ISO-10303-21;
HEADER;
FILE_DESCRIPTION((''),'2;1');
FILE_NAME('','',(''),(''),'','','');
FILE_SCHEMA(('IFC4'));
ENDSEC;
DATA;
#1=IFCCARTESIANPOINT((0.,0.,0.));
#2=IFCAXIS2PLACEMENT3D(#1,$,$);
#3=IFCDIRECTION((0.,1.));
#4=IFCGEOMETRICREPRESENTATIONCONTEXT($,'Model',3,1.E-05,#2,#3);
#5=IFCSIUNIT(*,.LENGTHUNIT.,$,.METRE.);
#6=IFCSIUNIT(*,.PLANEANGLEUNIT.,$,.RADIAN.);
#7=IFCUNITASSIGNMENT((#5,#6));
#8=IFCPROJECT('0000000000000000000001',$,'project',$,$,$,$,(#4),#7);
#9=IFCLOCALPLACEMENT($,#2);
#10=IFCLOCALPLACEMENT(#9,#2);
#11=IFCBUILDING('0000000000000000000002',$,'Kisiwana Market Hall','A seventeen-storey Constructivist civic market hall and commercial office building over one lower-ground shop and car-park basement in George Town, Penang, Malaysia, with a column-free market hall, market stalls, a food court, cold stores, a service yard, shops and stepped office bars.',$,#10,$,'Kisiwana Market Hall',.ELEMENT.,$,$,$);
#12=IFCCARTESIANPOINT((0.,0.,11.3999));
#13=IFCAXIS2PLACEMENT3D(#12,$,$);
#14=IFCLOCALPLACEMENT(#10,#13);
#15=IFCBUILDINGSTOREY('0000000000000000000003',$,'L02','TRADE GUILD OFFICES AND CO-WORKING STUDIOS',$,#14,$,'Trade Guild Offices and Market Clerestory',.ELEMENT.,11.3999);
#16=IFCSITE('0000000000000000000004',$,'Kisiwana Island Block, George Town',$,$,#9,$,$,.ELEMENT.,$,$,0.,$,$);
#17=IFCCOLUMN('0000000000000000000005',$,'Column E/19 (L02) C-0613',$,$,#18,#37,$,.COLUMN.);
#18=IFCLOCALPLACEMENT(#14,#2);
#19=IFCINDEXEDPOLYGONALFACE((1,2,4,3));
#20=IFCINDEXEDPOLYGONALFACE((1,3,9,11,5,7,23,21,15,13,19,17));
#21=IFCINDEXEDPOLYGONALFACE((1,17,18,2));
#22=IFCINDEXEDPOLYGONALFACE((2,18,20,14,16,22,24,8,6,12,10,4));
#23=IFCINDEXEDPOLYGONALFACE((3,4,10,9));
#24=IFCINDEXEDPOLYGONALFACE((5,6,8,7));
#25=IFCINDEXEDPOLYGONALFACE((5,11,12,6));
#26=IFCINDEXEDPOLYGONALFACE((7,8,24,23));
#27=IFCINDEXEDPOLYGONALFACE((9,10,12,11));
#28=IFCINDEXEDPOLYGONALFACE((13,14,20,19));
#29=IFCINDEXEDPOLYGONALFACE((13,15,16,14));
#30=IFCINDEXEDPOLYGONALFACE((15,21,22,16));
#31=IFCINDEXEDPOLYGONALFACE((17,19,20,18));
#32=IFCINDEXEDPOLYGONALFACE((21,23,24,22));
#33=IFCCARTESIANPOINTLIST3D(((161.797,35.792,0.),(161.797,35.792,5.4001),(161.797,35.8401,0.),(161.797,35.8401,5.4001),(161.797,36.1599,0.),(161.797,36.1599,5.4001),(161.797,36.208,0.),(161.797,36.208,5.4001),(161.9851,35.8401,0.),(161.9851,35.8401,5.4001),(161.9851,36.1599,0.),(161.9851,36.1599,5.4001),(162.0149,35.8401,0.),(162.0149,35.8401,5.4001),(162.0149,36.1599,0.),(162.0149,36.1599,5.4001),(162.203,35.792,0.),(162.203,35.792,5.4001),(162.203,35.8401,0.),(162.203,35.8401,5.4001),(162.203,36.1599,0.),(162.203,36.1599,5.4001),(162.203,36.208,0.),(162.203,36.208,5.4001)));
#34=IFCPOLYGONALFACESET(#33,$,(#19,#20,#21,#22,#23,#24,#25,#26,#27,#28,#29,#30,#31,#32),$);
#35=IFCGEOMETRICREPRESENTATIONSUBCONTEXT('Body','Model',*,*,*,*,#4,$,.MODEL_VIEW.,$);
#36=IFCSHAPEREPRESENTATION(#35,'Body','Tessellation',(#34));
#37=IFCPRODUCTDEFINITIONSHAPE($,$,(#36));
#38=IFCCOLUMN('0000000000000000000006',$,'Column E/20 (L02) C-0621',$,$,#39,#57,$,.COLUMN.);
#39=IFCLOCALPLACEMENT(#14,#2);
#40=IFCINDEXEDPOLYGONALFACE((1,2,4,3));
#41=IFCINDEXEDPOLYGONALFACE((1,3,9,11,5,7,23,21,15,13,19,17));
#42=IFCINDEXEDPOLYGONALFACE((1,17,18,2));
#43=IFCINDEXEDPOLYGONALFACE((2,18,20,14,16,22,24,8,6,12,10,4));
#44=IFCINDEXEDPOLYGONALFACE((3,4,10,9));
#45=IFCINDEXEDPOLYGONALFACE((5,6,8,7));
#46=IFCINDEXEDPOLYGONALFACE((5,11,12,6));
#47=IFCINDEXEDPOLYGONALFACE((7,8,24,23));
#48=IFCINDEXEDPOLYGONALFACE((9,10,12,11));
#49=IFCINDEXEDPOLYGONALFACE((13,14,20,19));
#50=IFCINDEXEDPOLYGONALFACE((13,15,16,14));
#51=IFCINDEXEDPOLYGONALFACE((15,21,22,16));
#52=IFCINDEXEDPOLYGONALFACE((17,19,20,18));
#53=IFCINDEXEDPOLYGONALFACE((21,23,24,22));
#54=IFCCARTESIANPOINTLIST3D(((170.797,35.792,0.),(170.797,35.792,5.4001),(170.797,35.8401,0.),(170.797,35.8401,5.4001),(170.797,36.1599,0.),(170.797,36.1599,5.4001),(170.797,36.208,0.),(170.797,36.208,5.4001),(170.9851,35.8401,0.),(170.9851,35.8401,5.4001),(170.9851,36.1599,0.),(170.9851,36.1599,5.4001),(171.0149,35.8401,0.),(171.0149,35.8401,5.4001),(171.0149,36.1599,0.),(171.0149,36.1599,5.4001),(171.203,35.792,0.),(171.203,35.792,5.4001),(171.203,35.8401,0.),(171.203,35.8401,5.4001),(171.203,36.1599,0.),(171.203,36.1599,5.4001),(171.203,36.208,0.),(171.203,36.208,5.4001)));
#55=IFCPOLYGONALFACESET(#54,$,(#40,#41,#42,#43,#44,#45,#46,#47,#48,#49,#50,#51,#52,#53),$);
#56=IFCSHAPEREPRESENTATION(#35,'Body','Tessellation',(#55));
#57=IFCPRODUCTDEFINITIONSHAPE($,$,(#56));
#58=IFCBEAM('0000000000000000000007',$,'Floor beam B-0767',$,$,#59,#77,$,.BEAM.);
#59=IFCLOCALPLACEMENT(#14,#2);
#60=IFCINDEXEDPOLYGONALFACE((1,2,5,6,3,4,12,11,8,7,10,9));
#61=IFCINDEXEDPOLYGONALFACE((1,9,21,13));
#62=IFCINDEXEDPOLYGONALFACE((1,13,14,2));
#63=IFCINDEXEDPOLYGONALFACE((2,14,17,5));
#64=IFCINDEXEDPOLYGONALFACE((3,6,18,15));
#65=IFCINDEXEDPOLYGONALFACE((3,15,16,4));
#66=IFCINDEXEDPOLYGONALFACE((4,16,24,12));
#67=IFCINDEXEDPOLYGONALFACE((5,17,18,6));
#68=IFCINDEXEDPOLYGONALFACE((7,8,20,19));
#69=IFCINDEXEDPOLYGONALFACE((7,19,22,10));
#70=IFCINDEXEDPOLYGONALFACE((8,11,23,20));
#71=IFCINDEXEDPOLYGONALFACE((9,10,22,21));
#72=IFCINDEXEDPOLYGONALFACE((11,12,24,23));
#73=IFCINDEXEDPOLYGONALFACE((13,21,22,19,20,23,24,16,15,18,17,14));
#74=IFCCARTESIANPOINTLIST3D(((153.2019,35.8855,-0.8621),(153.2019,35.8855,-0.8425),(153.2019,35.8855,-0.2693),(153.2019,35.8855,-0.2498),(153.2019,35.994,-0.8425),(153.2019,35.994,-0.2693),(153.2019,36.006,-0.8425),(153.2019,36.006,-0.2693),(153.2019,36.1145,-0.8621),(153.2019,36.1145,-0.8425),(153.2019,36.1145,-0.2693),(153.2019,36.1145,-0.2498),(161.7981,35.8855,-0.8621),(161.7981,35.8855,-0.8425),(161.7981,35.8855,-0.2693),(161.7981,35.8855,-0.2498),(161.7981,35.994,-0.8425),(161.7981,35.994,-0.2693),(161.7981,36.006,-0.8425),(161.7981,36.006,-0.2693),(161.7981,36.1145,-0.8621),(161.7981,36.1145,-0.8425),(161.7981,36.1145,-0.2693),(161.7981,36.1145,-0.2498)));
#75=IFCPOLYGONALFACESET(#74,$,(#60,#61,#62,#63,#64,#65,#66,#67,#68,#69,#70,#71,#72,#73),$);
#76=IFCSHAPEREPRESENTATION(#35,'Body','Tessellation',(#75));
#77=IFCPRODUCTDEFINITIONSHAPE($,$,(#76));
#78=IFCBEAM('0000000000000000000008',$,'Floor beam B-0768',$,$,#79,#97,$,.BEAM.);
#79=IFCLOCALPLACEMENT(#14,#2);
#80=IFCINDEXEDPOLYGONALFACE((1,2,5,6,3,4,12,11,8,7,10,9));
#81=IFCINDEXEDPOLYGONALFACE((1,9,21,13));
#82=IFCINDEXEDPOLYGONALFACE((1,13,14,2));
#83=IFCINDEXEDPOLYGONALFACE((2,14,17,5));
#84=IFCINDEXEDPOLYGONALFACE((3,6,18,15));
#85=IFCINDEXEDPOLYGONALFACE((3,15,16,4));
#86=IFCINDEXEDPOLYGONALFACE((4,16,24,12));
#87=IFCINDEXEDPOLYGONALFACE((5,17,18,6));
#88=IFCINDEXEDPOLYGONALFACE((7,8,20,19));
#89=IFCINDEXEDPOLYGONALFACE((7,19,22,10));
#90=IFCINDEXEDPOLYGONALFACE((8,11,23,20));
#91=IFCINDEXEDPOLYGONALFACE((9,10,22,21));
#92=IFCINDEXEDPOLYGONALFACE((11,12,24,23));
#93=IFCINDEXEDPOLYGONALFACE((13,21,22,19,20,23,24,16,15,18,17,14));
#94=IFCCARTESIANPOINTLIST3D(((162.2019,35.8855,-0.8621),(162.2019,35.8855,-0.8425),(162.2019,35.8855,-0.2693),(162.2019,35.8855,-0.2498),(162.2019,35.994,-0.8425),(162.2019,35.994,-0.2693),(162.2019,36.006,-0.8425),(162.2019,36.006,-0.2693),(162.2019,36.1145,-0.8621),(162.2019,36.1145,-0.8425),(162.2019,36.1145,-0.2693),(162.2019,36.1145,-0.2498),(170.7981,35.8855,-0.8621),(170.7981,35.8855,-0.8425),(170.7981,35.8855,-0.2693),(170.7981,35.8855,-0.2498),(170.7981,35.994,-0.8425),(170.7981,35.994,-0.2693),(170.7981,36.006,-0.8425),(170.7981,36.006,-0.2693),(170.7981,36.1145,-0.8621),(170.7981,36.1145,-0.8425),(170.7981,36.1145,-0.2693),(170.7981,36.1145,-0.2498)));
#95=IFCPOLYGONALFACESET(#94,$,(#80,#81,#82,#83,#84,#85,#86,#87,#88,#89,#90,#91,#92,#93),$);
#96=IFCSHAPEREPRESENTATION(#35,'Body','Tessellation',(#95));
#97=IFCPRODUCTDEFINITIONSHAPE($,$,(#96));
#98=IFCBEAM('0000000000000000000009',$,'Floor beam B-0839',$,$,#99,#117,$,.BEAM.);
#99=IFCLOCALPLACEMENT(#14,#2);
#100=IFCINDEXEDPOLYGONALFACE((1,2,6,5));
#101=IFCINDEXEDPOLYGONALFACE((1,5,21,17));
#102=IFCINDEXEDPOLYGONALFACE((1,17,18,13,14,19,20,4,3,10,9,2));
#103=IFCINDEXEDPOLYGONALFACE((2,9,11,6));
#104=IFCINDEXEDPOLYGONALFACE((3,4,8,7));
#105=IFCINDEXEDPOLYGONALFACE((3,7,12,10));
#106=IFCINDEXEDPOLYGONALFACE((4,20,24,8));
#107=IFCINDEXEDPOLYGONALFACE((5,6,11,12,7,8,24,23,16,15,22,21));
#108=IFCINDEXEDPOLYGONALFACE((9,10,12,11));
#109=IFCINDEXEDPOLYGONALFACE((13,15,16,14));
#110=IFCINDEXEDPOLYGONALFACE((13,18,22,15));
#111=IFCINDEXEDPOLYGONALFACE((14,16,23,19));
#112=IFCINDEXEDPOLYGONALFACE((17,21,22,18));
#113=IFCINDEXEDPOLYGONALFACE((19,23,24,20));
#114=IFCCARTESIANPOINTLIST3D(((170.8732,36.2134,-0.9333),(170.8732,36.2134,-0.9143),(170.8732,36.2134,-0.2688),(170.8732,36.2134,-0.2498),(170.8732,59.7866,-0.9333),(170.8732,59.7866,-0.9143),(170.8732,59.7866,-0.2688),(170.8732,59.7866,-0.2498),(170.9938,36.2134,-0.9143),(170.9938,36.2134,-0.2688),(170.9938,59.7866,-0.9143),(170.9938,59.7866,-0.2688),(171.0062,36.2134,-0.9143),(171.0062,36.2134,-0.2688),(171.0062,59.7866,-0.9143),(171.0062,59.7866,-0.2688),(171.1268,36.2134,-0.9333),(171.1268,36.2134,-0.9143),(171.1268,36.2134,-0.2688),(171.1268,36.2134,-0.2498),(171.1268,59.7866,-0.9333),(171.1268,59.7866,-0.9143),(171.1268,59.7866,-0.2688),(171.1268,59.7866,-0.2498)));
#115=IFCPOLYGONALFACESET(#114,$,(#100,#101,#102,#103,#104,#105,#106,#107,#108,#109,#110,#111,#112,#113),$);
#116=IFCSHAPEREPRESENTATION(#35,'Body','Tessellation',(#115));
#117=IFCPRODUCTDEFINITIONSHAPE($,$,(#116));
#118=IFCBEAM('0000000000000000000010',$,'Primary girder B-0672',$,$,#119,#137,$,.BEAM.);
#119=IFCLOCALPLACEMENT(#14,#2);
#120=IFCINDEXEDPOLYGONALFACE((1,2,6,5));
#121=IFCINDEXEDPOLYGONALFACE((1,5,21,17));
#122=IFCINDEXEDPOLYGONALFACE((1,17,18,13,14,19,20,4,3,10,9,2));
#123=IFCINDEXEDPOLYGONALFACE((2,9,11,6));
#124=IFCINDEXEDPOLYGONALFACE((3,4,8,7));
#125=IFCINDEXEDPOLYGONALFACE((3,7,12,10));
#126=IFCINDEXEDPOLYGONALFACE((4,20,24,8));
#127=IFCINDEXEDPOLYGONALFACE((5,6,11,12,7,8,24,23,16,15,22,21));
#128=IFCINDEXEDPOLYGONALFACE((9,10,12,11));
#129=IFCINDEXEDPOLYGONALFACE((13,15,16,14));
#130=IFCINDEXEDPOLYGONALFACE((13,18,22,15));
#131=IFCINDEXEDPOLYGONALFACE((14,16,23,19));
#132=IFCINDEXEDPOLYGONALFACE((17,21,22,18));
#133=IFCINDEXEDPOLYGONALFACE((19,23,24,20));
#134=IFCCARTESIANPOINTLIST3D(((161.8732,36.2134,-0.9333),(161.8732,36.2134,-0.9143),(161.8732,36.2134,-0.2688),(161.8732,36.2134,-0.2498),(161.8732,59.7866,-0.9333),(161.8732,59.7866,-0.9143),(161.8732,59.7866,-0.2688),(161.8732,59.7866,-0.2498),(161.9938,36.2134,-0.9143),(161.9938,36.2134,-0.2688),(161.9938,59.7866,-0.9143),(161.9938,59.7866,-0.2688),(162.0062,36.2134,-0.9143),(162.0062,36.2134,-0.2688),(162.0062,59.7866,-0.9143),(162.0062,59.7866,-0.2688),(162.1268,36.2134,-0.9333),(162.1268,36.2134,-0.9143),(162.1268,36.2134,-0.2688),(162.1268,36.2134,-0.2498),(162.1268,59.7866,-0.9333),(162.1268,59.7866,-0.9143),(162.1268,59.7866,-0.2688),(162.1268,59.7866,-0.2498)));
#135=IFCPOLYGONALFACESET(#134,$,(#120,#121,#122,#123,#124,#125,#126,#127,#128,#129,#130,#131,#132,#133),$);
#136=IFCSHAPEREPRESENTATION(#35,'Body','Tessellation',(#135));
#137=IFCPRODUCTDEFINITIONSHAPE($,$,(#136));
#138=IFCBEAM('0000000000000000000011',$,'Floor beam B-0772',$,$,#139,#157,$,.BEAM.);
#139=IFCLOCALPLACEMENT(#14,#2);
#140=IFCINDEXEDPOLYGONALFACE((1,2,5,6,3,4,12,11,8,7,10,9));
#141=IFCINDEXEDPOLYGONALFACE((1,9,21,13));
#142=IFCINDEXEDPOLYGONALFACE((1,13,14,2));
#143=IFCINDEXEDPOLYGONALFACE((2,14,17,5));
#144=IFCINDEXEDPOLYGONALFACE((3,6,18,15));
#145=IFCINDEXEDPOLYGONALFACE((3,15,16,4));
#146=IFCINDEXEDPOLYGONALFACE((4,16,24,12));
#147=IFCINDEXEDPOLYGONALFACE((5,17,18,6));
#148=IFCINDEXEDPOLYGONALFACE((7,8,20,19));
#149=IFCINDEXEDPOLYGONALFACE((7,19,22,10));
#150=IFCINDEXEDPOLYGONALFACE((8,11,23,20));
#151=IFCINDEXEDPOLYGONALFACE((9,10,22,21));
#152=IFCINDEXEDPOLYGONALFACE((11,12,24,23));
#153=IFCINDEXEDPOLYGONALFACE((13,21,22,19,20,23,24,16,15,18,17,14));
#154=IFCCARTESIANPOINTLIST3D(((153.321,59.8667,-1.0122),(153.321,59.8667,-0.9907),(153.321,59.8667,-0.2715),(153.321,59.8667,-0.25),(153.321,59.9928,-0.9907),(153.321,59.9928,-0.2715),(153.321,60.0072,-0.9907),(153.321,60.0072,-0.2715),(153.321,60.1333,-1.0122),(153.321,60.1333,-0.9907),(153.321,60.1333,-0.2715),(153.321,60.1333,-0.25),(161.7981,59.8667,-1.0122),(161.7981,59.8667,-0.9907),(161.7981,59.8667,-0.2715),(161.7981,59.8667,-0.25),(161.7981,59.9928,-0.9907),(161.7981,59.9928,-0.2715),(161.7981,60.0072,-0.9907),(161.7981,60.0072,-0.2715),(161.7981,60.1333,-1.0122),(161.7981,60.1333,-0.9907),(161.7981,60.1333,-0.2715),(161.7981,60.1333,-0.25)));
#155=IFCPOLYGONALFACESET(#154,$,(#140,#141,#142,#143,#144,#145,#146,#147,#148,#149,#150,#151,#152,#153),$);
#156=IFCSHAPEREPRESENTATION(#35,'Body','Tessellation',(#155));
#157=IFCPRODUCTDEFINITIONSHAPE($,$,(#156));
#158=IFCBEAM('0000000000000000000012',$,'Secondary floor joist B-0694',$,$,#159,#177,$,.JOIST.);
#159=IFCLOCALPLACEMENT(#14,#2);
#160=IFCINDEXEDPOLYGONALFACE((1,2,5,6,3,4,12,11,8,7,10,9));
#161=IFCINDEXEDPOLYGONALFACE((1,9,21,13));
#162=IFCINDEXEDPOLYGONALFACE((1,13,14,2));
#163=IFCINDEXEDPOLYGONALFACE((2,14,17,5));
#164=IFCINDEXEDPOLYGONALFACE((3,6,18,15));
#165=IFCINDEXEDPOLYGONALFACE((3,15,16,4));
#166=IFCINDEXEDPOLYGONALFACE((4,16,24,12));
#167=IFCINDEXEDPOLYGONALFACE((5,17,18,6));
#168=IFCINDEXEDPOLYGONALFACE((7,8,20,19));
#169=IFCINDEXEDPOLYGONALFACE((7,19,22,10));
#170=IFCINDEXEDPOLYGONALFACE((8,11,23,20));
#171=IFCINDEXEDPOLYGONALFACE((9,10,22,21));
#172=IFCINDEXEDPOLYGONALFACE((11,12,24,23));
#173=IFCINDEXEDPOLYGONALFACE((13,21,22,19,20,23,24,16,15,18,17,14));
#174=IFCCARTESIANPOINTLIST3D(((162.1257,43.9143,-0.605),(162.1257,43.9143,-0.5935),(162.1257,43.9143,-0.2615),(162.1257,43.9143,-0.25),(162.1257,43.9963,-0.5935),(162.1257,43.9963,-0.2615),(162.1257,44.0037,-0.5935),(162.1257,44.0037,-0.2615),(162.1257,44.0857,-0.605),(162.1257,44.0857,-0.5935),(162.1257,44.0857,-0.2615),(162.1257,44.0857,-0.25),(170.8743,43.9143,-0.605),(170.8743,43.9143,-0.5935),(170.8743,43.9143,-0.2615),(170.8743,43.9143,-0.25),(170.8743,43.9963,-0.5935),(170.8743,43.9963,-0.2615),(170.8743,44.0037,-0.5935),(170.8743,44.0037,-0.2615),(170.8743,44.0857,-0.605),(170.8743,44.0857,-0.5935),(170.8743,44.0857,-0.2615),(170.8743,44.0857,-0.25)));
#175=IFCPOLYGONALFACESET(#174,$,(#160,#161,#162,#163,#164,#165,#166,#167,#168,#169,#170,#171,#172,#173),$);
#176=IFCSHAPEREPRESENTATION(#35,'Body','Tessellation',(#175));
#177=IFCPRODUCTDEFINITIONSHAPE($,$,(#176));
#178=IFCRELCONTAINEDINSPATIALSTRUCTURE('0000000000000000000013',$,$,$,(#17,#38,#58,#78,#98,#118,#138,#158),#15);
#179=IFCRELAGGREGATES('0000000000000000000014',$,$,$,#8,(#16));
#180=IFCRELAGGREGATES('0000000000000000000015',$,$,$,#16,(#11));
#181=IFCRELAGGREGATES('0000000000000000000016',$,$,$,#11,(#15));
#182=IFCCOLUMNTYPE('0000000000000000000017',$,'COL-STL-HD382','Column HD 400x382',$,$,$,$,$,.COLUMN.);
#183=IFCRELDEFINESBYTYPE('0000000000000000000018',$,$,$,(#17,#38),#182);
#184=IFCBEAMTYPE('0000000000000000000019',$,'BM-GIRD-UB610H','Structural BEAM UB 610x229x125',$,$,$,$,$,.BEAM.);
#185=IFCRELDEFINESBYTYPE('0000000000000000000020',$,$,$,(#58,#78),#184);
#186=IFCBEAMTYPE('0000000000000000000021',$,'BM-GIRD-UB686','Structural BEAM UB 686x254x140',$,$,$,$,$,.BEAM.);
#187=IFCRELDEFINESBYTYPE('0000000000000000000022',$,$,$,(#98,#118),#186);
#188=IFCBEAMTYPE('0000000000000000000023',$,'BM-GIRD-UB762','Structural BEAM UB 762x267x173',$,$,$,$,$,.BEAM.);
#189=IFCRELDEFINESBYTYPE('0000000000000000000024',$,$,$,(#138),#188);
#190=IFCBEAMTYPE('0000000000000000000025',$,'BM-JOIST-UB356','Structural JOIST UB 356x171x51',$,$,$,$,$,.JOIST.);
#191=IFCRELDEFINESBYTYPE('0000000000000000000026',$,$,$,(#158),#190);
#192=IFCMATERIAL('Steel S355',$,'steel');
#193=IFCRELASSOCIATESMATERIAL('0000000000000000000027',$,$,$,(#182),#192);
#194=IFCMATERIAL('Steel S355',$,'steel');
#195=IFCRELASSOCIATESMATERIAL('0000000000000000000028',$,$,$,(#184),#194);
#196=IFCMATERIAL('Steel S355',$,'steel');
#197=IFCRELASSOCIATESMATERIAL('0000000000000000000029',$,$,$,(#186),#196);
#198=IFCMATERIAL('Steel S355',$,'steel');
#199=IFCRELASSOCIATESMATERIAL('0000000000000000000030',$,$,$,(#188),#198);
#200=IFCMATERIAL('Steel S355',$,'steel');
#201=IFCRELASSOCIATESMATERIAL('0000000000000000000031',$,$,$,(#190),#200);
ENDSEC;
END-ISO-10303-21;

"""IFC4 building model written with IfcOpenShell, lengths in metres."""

from ifc_helpers import new_model, si_unit, direction, frame, origin, origin_2d, place, context, subcontext, project, spatial, i_section, extrude, material, material_profile, profile_set, type_object, element, save


model = new_model("IFC4")

# Units and contexts
model_context = context("Model", 3, precision=1e-05, world=origin(), true_north=direction((0.0, 1.0)))
body_context = subcontext(model_context, "Body", "Model", "MODEL_VIEW")
ifc_project = project(units=[si_unit("LENGTHUNIT", "METRE"), si_unit("PLANEANGLEUNIT", "RADIAN")], contexts=[model_context])

# Site, building, storey
site_placement = place(None, origin())
site = spatial("IfcSite", under=ifc_project, at=site_placement, Name="Kisiwana Island Block, George Town", CompositionType="ELEMENT", RefElevation=0.0)
building_placement = place(site_placement, origin())
building = spatial("IfcBuilding", under=site, at=building_placement, Name="Kisiwana Market Hall", Description="A seventeen-storey Constructivist civic market hall and commercial office building over one lower-ground shop and car-park basement in George Town, Penang, Malaysia, with a column-free market hall, market stalls, a food court, cold stores, a service yard, shops and stepped office bars.", LongName="Kisiwana Market Hall", CompositionType="ELEMENT")
storey_placement = place(building_placement, frame((0.0, 0.0, 11.3999)))
storey = spatial("IfcBuildingStorey", under=building, at=storey_placement, Name="L02", Description="TRADE GUILD OFFICES AND CO-WORKING STUDIOS", LongName="Trade Guild Offices and Market Clerestory", CompositionType="ELEMENT", Elevation=11.3999)

# Columns
ifc_material_1 = material(Name="Steel S355", Category="steel")
ifc_material_profile_1 = material_profile(ifc_material_1, i_section(OverallWidth=0.406, OverallDepth=0.416, WebThickness=0.0298, FlangeThickness=0.0481, at=origin_2d()), Name="HD 400x382")
ifc_profile_set_1 = profile_set([ifc_material_profile_1], Name="Steel S355")
column_type = type_object("IfcColumnType", Name="COL-STL-HD382", Description="Column HD 400x382", PredefinedType="COLUMN", material=ifc_profile_set_1)
for number, where, z_axis, x_axis, name in (
    (1, (162.0, 36.0, 0.0), (0.0, 0.0, 1.0), (1.0, 0.0, 0.0), "Column E/19 (L02) C-0613"),
    (2, (171.0, 36.0, 0.0), (0.0, 0.0, 1.0), (1.0, 0.0, 0.0), "Column E/20 (L02) C-0621"),
):
    element("IfcColumn", number, at=place(storey_placement, frame(where, z_axis=z_axis, x_axis=x_axis)), inside=storey, type_object=column_type, Name=name, PredefinedType="COLUMN", context=body_context, shape_type="SweptSolid", body=[
        extrude(i_section(OverallWidth=0.406, OverallDepth=0.416, WebThickness=0.0298, FlangeThickness=0.0481, at=origin_2d()), origin(), (0.0, 0.0, 1.0), 5.4001),
    ])

# Beams
ifc_material_2 = material(Name="Steel S355", Category="steel")
ifc_material_profile_2 = material_profile(ifc_material_2, i_section(OverallWidth=0.229, OverallDepth=0.6123, WebThickness=0.012, FlangeThickness=0.0195, at=origin_2d()), Name="UB 610x229x125")
ifc_profile_set_2 = profile_set([ifc_material_profile_2], Name="Steel S355")
beam_type_1 = type_object("IfcBeamType", Name="BM-GIRD-UB610H", Description="Structural BEAM UB 610x229x125", PredefinedType="BEAM", material=ifc_profile_set_2)
for number, where, z_axis, x_axis, name in (
    (3, (153.2019, 36.0, -0.5559), (1.0, 0.0, 0.0), (0.0, 1.0, 0.0), "Floor beam B-0767"),
    (4, (162.2019, 36.0, -0.5559), (1.0, 0.0, 0.0), (0.0, 1.0, 0.0), "Floor beam B-0768"),
):
    element("IfcBeam", number, at=place(storey_placement, frame(where, z_axis=z_axis, x_axis=x_axis)), inside=storey, type_object=beam_type_1, Name=name, PredefinedType="BEAM", context=body_context, shape_type="SweptSolid", body=[
        extrude(i_section(OverallWidth=0.229, OverallDepth=0.6123, WebThickness=0.012, FlangeThickness=0.0195, at=origin_2d()), origin(), (0.0, 0.0, 1.0), 8.5962),
    ])
ifc_material_3 = material(Name="Steel S355", Category="steel")
ifc_material_profile_3 = material_profile(ifc_material_3, i_section(OverallWidth=0.2537, OverallDepth=0.6836, WebThickness=0.0125, FlangeThickness=0.019, at=origin_2d()), Name="UB 686x254x140")
ifc_profile_set_3 = profile_set([ifc_material_profile_3], Name="Steel S355")
beam_type_2 = type_object("IfcBeamType", Name="BM-GIRD-UB686", Description="Structural BEAM UB 686x254x140", PredefinedType="BEAM", material=ifc_profile_set_3)
for number, where, z_axis, x_axis, name in (
    (5, (171.0, 36.2134, -0.5916), (0.0, 1.0, 0.0), (-1.0, 0.0, 0.0), "Floor beam B-0839"),
    (6, (162.0, 36.2134, -0.5916), (0.0, 1.0, 0.0), (-1.0, 0.0, 0.0), "Primary girder B-0672"),
):
    element("IfcBeam", number, at=place(storey_placement, frame(where, z_axis=z_axis, x_axis=x_axis)), inside=storey, type_object=beam_type_2, Name=name, PredefinedType="BEAM", context=body_context, shape_type="SweptSolid", body=[
        extrude(i_section(OverallWidth=0.2537, OverallDepth=0.6836, WebThickness=0.0125, FlangeThickness=0.019, at=origin_2d()), origin(), (0.0, 0.0, 1.0), 23.5732),
    ])
ifc_material_4 = material(Name="Steel S355", Category="steel")
ifc_material_profile_4 = material_profile(ifc_material_4, i_section(OverallWidth=0.2666, OverallDepth=0.7622, WebThickness=0.0144, FlangeThickness=0.0215, at=origin_2d()), Name="UB 762x267x173")
ifc_profile_set_4 = profile_set([ifc_material_profile_4], Name="Steel S355")
beam_type_3 = type_object("IfcBeamType", Name="BM-GIRD-UB762", Description="Structural BEAM UB 762x267x173", PredefinedType="BEAM", material=ifc_profile_set_4)
beam_1_placement = place(storey_placement, frame((153.321, 60.0, -0.6311), z_axis=(1.0, 0.0, 0.0), x_axis=(0.0, 1.0, 0.0)))
element("IfcBeam", 7, at=beam_1_placement, inside=storey, type_object=beam_type_3, Name="Floor beam B-0772", PredefinedType="BEAM", context=body_context, shape_type="SweptSolid", body=[
    extrude(i_section(OverallWidth=0.2666, OverallDepth=0.7622, WebThickness=0.0144, FlangeThickness=0.0215, at=origin_2d()), origin(), (0.0, 0.0, 1.0), 8.4771),
])
ifc_material_5 = material(Name="Steel S355", Category="steel")
ifc_material_profile_5 = material_profile(ifc_material_5, i_section(OverallWidth=0.1714, OverallDepth=0.355, WebThickness=0.0073, FlangeThickness=0.0115, at=origin_2d()), Name="UB 356x171x51")
ifc_profile_set_5 = profile_set([ifc_material_profile_5], Name="Steel S355")
beam_type_4 = type_object("IfcBeamType", Name="BM-JOIST-UB356", Description="Structural JOIST UB 356x171x51", PredefinedType="JOIST", material=ifc_profile_set_5)
for number, where, z_axis, x_axis, name in (
    (8, (162.1257, 44.0, -0.4275), (1.0, 0.0, 0.0), (0.0, 1.0, 0.0), "Secondary floor joist B-0694"),
):
    element("IfcBeam", number, at=place(storey_placement, frame(where, z_axis=z_axis, x_axis=x_axis)), inside=storey, type_object=beam_type_4, Name=name, PredefinedType="JOIST", context=body_context, shape_type="SweptSolid", body=[
        extrude(i_section(OverallWidth=0.1714, OverallDepth=0.355, WebThickness=0.0073, FlangeThickness=0.0115, at=origin_2d()), origin(), (0.0, 0.0, 1.0), 8.7485),
    ])

save(model, "model.ifc")
